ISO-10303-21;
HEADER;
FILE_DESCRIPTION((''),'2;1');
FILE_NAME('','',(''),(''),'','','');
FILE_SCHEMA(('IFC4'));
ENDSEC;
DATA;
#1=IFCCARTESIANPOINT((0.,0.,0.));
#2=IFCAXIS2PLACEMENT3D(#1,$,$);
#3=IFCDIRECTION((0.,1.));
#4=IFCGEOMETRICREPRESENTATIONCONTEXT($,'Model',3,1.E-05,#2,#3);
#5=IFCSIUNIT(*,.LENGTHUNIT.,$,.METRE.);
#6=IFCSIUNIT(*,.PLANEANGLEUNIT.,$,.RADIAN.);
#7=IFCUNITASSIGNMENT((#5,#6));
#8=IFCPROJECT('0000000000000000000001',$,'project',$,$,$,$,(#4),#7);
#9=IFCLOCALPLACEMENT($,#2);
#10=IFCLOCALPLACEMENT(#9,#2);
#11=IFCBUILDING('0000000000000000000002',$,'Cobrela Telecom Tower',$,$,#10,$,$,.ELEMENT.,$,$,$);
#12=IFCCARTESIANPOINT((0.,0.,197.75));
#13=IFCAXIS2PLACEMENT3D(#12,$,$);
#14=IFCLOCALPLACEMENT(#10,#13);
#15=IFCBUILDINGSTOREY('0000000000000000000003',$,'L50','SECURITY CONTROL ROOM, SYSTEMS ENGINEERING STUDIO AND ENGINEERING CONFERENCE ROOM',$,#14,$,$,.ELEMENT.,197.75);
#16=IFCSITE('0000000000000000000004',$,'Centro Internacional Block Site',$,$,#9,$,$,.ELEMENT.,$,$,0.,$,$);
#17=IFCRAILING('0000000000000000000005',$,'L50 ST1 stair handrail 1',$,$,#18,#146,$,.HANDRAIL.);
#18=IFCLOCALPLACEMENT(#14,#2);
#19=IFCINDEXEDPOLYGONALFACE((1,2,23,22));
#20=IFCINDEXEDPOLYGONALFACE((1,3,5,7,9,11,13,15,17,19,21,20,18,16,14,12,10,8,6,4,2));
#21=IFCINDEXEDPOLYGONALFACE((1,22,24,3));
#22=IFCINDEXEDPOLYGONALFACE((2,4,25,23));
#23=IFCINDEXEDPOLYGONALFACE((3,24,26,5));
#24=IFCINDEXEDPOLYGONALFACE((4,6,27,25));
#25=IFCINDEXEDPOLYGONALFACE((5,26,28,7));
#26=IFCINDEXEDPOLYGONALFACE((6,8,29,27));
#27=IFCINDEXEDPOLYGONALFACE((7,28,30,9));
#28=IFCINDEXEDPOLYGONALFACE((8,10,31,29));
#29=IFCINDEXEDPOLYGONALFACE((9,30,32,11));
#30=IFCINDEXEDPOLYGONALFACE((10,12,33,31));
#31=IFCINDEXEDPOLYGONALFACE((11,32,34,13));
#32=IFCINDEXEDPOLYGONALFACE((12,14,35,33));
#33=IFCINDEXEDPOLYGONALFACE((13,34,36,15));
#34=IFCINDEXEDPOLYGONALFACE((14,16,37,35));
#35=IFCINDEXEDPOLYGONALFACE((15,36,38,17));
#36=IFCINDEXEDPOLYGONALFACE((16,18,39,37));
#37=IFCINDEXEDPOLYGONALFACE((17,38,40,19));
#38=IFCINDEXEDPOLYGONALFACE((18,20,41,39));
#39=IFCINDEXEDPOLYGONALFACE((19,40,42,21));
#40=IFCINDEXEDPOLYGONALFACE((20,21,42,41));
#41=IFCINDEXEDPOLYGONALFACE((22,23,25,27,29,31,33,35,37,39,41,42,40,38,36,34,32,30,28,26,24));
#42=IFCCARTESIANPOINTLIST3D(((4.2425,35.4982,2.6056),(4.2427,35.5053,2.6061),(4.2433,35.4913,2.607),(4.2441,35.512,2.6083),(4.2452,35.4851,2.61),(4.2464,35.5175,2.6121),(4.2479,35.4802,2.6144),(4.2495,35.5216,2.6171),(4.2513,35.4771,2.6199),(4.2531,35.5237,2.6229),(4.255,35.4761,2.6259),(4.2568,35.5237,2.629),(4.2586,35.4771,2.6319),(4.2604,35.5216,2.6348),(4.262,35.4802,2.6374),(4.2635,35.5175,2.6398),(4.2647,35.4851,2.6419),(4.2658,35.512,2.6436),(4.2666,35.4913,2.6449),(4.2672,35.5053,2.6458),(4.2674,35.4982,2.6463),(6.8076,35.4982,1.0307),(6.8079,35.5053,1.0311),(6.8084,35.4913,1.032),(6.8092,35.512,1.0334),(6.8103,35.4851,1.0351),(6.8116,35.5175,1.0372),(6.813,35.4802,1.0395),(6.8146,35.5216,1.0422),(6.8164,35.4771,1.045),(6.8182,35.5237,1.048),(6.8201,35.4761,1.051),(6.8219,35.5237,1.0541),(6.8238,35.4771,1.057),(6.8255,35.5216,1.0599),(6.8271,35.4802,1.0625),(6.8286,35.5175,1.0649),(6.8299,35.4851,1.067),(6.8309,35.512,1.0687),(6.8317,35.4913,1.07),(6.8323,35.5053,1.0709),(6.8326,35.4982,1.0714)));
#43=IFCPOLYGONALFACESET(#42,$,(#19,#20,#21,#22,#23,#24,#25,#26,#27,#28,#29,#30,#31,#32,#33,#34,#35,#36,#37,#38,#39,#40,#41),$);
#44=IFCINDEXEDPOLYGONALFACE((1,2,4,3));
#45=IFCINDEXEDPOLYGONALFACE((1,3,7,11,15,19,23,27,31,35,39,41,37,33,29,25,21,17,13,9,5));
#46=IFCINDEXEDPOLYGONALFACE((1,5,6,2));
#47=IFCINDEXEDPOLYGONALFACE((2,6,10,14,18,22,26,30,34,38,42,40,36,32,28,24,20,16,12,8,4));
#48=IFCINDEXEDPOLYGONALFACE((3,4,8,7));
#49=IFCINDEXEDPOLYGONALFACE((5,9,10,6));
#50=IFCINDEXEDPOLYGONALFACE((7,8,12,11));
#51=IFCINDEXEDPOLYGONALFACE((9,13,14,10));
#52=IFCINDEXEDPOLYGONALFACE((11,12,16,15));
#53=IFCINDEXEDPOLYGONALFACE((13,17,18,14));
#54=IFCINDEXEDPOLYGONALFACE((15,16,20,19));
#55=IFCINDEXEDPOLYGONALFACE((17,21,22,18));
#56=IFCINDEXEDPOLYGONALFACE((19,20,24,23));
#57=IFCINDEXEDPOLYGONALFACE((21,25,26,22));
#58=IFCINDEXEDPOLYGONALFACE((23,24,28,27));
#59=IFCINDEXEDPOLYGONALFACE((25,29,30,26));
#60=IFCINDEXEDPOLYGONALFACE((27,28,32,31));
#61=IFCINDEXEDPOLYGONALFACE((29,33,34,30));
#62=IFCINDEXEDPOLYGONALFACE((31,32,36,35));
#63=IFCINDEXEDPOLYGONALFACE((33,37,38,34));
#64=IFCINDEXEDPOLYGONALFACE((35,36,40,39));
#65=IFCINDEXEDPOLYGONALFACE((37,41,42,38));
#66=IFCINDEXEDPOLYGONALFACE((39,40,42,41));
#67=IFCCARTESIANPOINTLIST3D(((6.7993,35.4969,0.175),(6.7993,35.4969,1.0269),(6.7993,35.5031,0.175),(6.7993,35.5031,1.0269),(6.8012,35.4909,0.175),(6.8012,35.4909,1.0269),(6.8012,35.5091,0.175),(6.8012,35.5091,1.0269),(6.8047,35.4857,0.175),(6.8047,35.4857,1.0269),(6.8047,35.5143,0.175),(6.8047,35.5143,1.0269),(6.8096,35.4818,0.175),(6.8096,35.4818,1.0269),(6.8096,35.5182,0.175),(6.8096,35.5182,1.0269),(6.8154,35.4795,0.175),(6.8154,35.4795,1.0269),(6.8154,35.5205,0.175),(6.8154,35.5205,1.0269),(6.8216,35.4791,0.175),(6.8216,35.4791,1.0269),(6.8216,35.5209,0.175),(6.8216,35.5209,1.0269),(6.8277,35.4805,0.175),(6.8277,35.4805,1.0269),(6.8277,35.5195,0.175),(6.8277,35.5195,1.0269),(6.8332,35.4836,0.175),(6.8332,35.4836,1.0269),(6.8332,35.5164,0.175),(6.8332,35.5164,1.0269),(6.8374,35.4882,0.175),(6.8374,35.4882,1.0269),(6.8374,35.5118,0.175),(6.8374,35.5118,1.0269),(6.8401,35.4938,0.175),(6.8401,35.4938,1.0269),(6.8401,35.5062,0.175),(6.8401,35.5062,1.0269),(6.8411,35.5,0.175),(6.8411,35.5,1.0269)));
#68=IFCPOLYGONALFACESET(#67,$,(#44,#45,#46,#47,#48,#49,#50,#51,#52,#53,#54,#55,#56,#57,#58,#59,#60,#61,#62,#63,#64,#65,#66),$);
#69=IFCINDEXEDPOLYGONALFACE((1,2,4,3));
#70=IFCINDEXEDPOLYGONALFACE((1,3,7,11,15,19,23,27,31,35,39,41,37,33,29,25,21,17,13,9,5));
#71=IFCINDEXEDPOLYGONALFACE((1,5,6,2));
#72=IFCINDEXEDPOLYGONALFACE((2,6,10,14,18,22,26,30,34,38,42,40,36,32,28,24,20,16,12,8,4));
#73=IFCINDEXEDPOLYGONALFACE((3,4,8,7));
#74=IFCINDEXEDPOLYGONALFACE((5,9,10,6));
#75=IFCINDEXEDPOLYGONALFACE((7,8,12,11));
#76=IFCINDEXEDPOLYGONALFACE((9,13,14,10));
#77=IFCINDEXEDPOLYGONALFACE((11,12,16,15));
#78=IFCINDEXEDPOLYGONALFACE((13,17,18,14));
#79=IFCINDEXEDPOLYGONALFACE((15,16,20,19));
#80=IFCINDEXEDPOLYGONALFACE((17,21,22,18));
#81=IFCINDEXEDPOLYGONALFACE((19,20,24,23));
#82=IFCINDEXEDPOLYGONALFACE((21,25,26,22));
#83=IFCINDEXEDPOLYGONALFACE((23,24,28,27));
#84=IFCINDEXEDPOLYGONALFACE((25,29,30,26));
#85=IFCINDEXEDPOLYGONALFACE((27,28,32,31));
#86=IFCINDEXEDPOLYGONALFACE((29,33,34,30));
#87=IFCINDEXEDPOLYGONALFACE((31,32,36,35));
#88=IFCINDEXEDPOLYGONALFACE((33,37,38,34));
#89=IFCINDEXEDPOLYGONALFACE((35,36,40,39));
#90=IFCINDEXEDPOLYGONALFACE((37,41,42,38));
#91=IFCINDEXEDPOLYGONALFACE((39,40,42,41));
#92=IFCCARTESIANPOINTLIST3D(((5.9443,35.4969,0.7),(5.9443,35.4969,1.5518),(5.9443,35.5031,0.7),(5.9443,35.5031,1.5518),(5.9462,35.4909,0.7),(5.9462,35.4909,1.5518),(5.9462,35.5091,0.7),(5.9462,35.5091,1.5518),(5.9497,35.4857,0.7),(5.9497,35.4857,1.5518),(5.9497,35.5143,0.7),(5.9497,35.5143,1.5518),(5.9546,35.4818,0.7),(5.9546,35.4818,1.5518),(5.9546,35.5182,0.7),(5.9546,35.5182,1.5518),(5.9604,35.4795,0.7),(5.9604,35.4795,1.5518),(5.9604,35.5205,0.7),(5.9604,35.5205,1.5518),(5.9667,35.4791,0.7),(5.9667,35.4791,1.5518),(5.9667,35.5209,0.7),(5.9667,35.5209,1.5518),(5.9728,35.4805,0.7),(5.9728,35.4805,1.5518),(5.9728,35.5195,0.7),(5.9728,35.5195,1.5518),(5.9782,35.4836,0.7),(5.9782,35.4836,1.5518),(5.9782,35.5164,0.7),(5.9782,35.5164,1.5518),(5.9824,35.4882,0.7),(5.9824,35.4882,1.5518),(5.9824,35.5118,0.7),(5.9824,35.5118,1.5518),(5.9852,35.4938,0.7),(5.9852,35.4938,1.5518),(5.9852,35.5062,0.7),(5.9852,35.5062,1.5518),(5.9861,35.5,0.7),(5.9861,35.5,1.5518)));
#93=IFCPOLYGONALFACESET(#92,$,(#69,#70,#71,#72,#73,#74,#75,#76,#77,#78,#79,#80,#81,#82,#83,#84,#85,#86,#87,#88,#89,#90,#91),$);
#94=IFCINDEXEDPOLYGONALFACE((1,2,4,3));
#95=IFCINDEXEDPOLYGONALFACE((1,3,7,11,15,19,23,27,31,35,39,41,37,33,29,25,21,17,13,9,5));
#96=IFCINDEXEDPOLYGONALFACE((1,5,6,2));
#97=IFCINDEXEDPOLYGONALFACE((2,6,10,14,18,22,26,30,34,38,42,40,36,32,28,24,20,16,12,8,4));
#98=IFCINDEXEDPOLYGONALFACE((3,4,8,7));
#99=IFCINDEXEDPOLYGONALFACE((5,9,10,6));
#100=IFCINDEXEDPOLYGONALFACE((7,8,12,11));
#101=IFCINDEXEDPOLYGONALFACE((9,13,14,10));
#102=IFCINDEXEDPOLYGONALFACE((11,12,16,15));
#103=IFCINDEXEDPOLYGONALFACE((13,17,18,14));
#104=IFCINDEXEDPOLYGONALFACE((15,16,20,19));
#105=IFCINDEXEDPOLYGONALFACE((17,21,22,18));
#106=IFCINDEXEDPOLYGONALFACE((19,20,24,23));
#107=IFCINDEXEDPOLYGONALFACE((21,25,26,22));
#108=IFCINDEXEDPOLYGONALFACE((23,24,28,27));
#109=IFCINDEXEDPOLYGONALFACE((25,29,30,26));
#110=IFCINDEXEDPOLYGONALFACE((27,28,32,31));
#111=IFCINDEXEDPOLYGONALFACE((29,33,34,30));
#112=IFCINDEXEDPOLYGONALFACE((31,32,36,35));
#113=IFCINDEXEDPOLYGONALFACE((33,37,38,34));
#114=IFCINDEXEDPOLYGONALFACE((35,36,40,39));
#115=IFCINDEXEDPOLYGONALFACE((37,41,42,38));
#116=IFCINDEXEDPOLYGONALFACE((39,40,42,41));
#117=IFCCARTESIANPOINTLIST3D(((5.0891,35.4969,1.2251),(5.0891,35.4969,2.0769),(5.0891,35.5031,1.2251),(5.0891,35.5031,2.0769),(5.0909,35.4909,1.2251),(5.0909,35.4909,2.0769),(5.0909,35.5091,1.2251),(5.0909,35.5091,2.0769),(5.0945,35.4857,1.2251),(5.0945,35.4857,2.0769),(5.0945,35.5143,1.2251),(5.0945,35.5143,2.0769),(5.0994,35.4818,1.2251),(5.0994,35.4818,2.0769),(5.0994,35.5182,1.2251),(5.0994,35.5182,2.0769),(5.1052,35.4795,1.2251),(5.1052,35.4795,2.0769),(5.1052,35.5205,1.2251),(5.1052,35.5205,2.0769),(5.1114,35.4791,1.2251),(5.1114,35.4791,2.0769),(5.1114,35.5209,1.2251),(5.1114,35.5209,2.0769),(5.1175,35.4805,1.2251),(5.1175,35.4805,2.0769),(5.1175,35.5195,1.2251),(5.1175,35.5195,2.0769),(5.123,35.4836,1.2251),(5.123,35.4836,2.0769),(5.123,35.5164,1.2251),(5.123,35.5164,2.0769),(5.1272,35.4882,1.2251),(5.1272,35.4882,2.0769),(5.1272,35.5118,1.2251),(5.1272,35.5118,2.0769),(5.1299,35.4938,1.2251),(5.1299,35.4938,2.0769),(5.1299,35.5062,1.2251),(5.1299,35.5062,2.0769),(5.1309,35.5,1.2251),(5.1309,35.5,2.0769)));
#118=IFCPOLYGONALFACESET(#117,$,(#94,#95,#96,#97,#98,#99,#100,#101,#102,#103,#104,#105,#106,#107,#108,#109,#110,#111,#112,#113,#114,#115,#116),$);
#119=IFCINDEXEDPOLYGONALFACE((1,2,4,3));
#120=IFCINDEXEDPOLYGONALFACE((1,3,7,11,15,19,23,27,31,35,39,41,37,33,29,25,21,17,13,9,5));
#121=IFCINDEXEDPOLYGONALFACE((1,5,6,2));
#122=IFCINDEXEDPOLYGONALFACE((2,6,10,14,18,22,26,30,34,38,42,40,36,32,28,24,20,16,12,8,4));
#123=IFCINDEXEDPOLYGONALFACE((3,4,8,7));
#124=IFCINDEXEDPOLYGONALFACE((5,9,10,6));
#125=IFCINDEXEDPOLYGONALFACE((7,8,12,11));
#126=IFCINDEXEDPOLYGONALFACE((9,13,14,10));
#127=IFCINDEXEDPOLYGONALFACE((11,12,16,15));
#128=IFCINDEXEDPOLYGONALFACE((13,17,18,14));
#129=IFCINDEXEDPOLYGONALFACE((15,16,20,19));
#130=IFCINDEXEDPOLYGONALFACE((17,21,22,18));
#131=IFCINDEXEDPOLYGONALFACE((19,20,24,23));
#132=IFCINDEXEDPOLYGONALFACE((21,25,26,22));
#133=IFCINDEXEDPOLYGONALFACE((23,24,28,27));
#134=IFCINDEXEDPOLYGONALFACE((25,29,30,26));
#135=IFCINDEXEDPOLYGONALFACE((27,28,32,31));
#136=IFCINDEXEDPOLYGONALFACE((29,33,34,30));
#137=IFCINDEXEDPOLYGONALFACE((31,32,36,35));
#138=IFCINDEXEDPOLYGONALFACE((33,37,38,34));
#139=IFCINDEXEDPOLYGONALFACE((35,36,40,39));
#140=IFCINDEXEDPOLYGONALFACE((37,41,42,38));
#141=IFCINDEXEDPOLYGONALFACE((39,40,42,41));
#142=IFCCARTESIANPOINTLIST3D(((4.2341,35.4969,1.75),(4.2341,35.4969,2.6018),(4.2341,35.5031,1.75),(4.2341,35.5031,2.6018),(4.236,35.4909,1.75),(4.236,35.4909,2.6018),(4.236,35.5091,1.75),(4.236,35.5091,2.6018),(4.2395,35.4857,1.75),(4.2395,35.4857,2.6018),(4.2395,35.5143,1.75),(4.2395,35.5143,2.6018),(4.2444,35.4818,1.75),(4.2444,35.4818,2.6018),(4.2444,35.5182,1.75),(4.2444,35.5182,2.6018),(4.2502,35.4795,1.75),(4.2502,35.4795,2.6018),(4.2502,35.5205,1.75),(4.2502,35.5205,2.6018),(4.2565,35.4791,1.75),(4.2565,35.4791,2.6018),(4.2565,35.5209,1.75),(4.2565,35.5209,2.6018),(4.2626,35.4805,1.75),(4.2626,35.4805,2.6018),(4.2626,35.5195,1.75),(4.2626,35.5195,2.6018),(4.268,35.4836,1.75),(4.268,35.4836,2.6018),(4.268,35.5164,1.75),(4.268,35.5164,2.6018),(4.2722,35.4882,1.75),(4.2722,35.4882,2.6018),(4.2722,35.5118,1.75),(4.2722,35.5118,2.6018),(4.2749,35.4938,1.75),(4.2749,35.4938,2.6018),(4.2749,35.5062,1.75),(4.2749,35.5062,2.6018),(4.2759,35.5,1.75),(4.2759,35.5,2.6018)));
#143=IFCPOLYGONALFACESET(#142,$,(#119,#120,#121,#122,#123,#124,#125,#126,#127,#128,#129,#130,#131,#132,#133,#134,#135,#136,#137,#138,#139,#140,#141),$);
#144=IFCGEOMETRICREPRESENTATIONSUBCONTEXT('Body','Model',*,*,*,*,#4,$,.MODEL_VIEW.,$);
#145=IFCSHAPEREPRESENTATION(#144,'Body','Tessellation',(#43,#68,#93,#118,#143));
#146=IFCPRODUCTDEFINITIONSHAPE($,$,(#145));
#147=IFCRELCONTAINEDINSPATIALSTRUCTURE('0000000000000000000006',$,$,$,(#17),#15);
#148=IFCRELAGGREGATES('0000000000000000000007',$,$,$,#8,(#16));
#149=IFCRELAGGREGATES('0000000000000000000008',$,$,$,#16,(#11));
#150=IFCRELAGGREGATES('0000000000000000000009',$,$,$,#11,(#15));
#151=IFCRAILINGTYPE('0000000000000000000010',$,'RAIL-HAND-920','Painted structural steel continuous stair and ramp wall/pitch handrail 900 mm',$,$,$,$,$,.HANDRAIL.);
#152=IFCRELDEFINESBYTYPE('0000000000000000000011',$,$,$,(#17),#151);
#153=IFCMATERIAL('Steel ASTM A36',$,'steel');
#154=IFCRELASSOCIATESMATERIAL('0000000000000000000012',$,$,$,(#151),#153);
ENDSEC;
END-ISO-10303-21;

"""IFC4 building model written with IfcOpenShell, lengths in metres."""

from ifc_helpers import new_model, si_unit, direction, frame, origin, origin_2d, place, context, subcontext, project, spatial, circle, extrude, material, type_object, element, save


model = new_model("IFC4")

# Units and contexts
model_context = context("Model", 3, precision=1e-05, world=origin(), true_north=direction((0.0, 1.0)))
body_context = subcontext(model_context, "Body", "Model", "MODEL_VIEW")
ifc_project = project(units=[si_unit("LENGTHUNIT", "METRE"), si_unit("PLANEANGLEUNIT", "RADIAN")], contexts=[model_context])

# Site, building, storey
site_placement = place(None, origin())
site = spatial("IfcSite", under=ifc_project, at=site_placement, Name="Centro Internacional Block Site", CompositionType="ELEMENT", RefElevation=0.0)
building_placement = place(site_placement, origin())
building = spatial("IfcBuilding", under=site, at=building_placement, Name="Cobrela Telecom Tower", CompositionType="ELEMENT")
storey_placement = place(building_placement, frame((0.0, 0.0, 197.75)))
storey = spatial("IfcBuildingStorey", under=building, at=storey_placement, Name="L50", Description="SECURITY CONTROL ROOM, SYSTEMS ENGINEERING STUDIO AND ENGINEERING CONFERENCE ROOM", CompositionType="ELEMENT", Elevation=197.75)

# Shared definitions
ifc_material_1 = material(Name="Steel ASTM A36", Category="steel")

# Railing
railing_type_1 = type_object("IfcRailingType", Name="RAIL-HAND-920", Description="Painted structural steel continuous stair and ramp wall/pitch handrail 900 mm", PredefinedType="HANDRAIL", material=ifc_material_1)
railing_1_placement = place(storey_placement, frame((6.8201, 35.5, 0.175)))
element("IfcRailing", 1, at=railing_1_placement, inside=storey, type_object=railing_type_1, Name="L50 ST1 stair handrail 1", PredefinedType="HANDRAIL", context=body_context, shape_type="SweptSolid", body=[
    extrude(circle(Radius=0.0239, at=origin_2d()), frame((0.0, 0.0, 0.876), z_axis=(-0.852195, 0.0, 0.523224), x_axis=(0.0, -1.0, 0.0)), (0.0, 0.0, 1.0), 3.01),
    extrude(circle(Radius=0.021, at=origin_2d()), origin(), (0.0, 0.0, 1.0), 0.8518),
    extrude(circle(Radius=0.021, at=origin_2d()), frame((-0.855, 0.0, 0.5249)), (0.0, 0.0, 1.0), 0.8518),
    extrude(circle(Radius=0.021, at=origin_2d()), frame((-1.7102, 0.0, 1.05)), (0.0, 0.0, 1.0), 0.8518),
    extrude(circle(Radius=0.021, at=origin_2d()), frame((-2.5652, 0.0, 1.575)), (0.0, 0.0, 1.0), 0.8518),
])

save(model, "model.ifc")
